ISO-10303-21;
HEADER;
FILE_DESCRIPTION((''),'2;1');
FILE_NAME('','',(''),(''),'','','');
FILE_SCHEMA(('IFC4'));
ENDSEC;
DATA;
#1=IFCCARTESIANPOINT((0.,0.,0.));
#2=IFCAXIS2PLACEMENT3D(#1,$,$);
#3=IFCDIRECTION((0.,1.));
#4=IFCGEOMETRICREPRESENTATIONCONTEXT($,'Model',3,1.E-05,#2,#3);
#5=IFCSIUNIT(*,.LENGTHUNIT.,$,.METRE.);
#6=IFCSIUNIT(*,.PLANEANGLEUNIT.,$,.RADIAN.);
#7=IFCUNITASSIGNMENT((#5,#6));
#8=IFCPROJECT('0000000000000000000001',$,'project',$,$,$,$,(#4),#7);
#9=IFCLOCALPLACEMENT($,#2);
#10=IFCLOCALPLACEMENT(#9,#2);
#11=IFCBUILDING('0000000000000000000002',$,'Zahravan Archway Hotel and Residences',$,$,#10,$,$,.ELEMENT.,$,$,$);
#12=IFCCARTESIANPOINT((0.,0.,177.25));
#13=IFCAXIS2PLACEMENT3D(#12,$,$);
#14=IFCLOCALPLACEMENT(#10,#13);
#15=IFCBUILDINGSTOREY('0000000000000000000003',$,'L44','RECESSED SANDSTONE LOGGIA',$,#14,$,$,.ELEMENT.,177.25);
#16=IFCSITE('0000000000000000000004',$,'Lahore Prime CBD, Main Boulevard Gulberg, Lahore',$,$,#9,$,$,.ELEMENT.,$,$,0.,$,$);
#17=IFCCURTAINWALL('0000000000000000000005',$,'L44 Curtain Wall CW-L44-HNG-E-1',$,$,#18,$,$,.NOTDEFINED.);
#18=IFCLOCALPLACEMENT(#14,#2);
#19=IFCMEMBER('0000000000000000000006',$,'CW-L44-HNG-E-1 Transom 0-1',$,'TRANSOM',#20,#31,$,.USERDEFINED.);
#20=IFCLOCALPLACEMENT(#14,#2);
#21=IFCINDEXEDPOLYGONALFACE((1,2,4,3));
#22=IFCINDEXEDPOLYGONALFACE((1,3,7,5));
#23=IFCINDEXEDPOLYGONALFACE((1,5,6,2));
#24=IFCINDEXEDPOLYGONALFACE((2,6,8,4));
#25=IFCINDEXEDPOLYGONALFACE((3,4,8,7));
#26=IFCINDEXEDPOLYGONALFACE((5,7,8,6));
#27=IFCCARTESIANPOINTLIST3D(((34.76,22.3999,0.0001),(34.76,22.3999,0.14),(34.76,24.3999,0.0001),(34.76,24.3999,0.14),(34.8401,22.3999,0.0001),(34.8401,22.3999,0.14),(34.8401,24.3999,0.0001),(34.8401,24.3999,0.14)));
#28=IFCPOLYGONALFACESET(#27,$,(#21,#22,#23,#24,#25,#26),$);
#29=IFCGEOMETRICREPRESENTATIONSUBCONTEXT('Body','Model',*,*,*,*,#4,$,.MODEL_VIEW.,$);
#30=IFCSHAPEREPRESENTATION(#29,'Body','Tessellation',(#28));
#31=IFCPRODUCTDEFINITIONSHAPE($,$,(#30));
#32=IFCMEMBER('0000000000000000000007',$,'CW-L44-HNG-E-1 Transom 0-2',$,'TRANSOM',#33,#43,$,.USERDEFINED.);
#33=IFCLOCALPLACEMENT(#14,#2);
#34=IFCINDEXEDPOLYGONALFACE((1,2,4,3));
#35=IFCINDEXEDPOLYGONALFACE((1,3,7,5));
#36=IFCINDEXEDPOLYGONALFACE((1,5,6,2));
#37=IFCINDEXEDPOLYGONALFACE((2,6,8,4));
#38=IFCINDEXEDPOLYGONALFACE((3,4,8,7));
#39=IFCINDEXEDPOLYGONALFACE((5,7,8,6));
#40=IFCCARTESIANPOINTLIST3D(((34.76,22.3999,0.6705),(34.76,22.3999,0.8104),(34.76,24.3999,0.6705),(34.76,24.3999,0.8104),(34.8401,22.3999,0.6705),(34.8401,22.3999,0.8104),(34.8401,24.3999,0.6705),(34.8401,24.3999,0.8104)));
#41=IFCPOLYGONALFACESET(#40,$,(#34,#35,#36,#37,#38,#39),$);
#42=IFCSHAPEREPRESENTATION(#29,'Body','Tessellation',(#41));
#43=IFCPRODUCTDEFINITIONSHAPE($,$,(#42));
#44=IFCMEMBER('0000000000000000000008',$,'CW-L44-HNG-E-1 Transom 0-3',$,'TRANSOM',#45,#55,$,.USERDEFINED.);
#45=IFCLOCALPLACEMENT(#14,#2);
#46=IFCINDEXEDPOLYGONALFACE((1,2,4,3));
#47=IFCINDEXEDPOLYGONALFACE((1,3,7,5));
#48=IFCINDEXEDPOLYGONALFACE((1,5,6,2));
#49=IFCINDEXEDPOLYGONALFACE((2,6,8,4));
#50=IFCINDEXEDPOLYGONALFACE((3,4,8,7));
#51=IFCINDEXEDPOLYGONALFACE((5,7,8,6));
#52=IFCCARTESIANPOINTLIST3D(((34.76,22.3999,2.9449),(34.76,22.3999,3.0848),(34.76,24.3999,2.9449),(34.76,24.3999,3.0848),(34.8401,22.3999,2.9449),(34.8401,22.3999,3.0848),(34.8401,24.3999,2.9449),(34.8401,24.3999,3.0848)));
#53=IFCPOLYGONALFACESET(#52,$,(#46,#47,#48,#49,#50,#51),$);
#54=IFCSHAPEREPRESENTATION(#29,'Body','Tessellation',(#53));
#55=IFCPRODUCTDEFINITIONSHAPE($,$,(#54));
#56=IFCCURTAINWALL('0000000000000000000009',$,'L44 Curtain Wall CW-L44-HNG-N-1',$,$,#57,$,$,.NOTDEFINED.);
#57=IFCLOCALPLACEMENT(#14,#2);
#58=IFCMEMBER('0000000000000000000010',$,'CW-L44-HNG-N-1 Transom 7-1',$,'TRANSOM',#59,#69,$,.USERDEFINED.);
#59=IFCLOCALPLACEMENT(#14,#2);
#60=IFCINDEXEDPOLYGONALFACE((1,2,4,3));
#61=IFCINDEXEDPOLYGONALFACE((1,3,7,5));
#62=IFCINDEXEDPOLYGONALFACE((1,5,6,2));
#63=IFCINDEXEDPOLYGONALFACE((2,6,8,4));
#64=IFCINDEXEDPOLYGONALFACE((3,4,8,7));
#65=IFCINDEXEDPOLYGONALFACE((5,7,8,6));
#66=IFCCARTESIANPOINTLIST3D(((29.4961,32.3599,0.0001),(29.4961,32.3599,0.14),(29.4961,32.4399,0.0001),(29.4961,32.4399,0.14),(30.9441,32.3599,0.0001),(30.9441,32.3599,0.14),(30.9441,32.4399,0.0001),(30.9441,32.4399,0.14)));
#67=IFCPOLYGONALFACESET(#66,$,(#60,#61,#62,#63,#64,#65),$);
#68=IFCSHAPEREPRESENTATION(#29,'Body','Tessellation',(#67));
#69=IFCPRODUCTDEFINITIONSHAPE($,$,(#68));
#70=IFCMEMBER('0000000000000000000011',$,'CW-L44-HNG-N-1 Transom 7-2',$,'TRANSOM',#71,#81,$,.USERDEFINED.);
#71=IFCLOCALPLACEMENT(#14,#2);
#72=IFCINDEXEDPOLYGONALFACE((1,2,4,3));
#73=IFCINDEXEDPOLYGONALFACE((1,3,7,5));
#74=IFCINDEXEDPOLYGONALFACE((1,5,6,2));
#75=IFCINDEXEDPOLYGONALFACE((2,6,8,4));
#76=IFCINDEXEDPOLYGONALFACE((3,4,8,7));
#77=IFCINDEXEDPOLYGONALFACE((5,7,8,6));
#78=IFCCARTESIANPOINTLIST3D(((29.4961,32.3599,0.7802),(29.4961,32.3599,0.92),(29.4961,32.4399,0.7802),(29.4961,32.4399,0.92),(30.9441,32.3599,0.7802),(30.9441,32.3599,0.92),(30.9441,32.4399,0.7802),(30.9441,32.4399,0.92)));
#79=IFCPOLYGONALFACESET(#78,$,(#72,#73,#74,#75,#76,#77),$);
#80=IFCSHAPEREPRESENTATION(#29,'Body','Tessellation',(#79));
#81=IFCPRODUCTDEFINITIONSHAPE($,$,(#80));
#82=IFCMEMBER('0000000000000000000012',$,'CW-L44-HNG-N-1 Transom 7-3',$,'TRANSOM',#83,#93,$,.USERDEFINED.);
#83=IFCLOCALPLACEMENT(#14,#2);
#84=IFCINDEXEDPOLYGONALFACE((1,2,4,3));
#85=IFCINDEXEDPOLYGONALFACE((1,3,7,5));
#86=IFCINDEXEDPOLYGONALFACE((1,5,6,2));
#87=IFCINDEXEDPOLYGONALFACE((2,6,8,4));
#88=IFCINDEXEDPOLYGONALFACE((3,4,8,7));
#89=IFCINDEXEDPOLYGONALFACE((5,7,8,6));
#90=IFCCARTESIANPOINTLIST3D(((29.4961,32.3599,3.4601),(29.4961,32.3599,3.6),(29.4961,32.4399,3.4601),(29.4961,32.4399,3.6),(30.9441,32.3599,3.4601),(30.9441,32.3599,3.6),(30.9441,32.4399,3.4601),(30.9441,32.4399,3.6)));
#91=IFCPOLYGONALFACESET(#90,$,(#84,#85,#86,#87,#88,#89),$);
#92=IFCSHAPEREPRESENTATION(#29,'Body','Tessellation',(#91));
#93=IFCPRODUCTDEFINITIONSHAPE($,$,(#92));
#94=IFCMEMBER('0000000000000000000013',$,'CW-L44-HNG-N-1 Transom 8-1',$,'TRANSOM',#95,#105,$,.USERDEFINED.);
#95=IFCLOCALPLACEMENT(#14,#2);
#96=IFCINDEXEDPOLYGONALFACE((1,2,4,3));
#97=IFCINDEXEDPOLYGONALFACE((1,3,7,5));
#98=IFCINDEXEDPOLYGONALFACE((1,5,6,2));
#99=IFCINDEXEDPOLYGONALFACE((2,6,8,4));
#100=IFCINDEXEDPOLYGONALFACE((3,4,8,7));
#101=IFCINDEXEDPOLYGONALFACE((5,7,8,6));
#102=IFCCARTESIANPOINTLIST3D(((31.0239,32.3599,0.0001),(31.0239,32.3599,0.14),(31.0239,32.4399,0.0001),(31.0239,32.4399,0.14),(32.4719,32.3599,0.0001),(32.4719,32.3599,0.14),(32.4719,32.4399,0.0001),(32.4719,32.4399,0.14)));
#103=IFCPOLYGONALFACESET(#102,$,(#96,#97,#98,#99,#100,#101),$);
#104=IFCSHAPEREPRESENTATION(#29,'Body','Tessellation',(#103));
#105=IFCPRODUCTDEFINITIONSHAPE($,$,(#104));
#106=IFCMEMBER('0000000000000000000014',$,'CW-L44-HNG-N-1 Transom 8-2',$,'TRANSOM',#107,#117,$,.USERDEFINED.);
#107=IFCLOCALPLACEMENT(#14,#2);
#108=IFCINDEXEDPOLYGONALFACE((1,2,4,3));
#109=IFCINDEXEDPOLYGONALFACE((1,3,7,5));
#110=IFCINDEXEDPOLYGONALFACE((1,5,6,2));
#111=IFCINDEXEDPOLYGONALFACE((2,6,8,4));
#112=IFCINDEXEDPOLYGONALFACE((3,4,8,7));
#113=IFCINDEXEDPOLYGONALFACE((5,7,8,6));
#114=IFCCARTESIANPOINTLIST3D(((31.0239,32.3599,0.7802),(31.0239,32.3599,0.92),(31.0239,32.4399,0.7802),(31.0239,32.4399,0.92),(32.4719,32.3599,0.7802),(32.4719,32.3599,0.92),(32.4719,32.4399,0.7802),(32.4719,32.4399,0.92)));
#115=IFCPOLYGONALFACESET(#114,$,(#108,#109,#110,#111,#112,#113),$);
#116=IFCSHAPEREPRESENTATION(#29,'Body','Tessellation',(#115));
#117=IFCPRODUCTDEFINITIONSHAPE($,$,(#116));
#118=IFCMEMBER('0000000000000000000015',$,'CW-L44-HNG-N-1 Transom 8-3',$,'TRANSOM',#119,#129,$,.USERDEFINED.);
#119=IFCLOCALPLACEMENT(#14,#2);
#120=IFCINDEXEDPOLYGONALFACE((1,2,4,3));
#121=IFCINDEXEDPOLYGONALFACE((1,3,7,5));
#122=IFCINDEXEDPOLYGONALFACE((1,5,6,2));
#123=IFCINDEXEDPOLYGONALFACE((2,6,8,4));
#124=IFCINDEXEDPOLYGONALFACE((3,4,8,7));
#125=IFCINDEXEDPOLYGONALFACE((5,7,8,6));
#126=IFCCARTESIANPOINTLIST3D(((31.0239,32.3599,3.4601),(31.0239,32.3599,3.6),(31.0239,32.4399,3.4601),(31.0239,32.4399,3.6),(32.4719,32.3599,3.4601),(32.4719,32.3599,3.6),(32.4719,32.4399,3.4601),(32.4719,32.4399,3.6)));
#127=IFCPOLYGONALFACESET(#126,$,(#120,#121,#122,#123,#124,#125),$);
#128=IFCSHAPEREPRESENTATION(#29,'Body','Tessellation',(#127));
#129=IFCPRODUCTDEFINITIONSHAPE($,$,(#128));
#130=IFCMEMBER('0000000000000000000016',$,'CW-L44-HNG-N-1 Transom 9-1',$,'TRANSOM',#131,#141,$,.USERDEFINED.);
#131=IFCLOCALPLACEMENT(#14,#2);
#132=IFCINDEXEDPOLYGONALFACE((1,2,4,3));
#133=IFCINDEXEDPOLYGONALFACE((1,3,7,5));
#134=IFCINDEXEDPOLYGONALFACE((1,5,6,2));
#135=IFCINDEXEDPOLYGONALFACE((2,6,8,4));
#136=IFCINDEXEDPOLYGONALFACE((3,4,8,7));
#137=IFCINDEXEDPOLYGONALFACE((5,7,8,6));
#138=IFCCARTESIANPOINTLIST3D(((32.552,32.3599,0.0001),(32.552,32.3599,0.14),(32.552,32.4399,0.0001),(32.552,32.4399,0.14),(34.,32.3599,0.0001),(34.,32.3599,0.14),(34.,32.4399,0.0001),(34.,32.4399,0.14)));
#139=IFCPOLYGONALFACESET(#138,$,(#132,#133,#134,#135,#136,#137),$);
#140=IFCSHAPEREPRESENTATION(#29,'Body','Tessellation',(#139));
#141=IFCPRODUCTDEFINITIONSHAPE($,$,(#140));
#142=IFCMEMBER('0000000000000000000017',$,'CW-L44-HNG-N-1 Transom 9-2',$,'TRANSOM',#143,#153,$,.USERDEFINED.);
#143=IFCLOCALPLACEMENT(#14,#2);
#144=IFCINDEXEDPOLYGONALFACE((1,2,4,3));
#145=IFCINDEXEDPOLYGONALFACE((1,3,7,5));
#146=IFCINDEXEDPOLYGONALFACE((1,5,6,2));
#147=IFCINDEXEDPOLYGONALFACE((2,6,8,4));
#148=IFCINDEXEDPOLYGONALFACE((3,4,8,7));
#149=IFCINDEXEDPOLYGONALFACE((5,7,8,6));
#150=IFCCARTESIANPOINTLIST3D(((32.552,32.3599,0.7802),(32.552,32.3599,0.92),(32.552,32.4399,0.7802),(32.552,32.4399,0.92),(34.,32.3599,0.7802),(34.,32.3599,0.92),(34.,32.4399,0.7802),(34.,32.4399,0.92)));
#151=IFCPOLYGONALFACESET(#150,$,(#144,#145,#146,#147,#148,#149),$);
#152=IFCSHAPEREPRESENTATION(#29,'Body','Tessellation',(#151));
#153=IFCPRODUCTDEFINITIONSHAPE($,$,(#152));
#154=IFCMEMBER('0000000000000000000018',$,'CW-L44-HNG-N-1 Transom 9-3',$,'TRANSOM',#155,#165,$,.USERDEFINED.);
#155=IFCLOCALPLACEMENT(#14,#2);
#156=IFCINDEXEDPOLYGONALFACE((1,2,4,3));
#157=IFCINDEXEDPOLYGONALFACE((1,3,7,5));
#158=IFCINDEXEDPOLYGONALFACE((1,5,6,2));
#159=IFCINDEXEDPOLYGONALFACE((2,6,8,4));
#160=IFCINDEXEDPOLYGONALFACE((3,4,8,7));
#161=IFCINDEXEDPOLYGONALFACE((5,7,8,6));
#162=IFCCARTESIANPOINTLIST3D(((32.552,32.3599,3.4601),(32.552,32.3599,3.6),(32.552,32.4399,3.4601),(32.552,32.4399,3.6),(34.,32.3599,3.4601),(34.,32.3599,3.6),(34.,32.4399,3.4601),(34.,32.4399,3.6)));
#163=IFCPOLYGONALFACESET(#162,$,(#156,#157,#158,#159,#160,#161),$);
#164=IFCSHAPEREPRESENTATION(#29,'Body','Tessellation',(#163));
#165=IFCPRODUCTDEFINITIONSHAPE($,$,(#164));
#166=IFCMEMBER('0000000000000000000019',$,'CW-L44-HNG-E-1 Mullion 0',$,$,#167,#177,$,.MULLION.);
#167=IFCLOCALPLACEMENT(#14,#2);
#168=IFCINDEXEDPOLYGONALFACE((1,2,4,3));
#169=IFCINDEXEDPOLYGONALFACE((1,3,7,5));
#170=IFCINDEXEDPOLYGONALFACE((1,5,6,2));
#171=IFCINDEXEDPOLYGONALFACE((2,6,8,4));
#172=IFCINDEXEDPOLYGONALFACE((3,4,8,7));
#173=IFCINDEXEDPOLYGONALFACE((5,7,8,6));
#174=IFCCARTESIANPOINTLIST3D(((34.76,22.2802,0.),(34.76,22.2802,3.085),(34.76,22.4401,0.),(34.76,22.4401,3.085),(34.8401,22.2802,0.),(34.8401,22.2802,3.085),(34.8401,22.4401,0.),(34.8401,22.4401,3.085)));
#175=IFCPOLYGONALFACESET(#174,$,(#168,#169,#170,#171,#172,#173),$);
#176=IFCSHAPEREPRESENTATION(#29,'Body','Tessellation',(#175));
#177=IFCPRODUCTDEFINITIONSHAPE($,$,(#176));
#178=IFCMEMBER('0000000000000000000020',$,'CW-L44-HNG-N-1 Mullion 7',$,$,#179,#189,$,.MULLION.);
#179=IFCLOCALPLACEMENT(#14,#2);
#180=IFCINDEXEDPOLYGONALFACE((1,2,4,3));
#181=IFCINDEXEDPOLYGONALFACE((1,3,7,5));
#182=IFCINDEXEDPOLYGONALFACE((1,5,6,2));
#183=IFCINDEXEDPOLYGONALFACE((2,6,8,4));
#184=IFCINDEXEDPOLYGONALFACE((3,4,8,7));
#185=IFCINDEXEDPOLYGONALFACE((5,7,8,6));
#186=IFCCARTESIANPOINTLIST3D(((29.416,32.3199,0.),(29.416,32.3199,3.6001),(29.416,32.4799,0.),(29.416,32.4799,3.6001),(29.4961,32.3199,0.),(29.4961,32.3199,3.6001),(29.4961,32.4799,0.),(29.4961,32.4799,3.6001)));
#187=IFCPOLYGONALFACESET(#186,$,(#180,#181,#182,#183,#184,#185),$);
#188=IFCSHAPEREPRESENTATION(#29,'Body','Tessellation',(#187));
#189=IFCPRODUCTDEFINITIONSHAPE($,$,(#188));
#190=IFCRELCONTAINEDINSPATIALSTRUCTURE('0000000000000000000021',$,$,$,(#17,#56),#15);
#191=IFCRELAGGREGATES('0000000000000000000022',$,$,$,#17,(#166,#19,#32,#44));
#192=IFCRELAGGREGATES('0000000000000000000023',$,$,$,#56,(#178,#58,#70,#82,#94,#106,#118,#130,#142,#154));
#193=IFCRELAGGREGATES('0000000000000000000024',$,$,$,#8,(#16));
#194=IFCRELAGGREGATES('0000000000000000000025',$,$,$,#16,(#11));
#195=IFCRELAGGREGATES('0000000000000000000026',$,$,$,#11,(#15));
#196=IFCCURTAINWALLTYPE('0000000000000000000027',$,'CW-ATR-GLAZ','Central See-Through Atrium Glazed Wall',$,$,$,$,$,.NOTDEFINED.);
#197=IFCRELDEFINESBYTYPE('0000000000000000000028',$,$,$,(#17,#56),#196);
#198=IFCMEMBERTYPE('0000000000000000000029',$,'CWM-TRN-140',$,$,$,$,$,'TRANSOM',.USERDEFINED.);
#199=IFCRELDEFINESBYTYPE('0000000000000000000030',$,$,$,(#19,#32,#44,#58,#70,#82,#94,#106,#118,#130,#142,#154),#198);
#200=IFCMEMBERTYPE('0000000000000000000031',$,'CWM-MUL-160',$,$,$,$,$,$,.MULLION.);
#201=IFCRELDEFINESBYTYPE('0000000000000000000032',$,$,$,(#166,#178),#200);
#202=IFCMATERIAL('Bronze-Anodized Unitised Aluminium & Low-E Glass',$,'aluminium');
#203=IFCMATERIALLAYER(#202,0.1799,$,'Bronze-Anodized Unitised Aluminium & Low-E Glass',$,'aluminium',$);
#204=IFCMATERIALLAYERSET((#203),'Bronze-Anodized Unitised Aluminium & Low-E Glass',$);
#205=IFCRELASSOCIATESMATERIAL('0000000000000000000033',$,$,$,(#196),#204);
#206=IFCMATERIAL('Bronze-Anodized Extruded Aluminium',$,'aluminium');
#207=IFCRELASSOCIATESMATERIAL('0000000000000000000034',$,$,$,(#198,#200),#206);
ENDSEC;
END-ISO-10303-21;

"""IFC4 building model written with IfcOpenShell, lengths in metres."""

from ifc_helpers import new_model, si_unit, direction, frame, origin, origin_2d, place, context, subcontext, project, spatial, rectangle, extrude, source, transform, mapped, material, layer, layer_set, material_profile, profile_set, type_object, element, aggregate, save


model = new_model("IFC4")

# Units and contexts
model_context = context("Model", 3, precision=1e-05, world=origin(), true_north=direction((0.0, 1.0)))
body_context = subcontext(model_context, "Body", "Model", "MODEL_VIEW")
ifc_project = project(units=[si_unit("LENGTHUNIT", "METRE"), si_unit("PLANEANGLEUNIT", "RADIAN")], contexts=[model_context])

# Site, building, storey
site_placement = place(None, origin())
site = spatial("IfcSite", under=ifc_project, at=site_placement, Name="Lahore Prime CBD, Main Boulevard Gulberg, Lahore", CompositionType="ELEMENT", RefElevation=0.0)
building_placement = place(site_placement, origin())
building = spatial("IfcBuilding", under=site, at=building_placement, Name="Zahravan Archway Hotel and Residences", CompositionType="ELEMENT")
storey_placement = place(building_placement, frame((0.0, 0.0, 177.25)))
storey = spatial("IfcBuildingStorey", under=building, at=storey_placement, Name="L44", Description="RECESSED SANDSTONE LOGGIA", CompositionType="ELEMENT", Elevation=177.25)

# Curtain walls, members
ifc_material_1 = material(Name="Bronze-Anodized Unitised Aluminium & Low-E Glass", Category="aluminium")
ifc_layer_1 = layer(ifc_material_1, 0.1799, Name="Bronze-Anodized Unitised Aluminium & Low-E Glass", Category="aluminium")
ifc_layer_set_1 = layer_set([ifc_layer_1], Name="Bronze-Anodized Unitised Aluminium & Low-E Glass")
curtain_wall_type = type_object("IfcCurtainWallType", Name="CW-ATR-GLAZ", Description="Central See-Through Atrium Glazed Wall", PredefinedType="NOTDEFINED", material=ifc_layer_set_1)
curtain_wall_1_placement = place(storey_placement, origin())
curtain_wall_1 = element("IfcCurtainWall", 1, at=curtain_wall_1_placement, inside=storey, type_object=curtain_wall_type, Name="L44 Curtain Wall CW-L44-HNG-E-1", PredefinedType="NOTDEFINED")
ifc_material_2 = material(Name="Bronze-Anodized Extruded Aluminium", Category="aluminium")
ifc_material_profile_1 = material_profile(ifc_material_2, rectangle(XDim=0.0801, YDim=0.1399, at=origin_2d()), Name="TRN 80x140", Category="aluminium")
ifc_profile_set_1 = profile_set([ifc_material_profile_1], Name="Bronze-Anodized Extruded Aluminium")
member_type_1 = type_object("IfcMemberType", Name="CWM-TRN-140", ElementType="TRANSOM", PredefinedType="USERDEFINED", material=ifc_profile_set_1)
shared_shape_1 = source(origin(), body_context, "Body", "SweptSolid", [
    extrude(rectangle(XDim=0.0801, YDim=0.1399, at=origin_2d()), origin(), (0.0, 0.0, 1.0), 2.0),
])
member_1_placement = place(storey_placement, frame((34.8, 22.3999, 0.0701), z_axis=(0.0, 1.0, 0.0), x_axis=(-1.0, 0.0, 0.0)))
member_1 = element("IfcMember", 2, at=member_1_placement, type_object=member_type_1, Name="CW-L44-HNG-E-1 Transom 0-1", ObjectType="TRANSOM", PredefinedType="USERDEFINED", context=body_context, shape_type="MappedRepresentation", body=[
    mapped(shared_shape_1, transform((0.0, 0.0, 0.0), scale=1.0)),
])
member_2_placement = place(storey_placement, frame((34.8, 22.3999, 0.7405), z_axis=(0.0, 1.0, 0.0), x_axis=(-1.0, 0.0, 0.0)))
member_2 = element("IfcMember", 3, at=member_2_placement, type_object=member_type_1, Name="CW-L44-HNG-E-1 Transom 0-2", ObjectType="TRANSOM", PredefinedType="USERDEFINED", context=body_context, shape_type="MappedRepresentation", body=[
    mapped(shared_shape_1, transform((0.0, 0.0, 0.0), scale=1.0)),
])
member_3_placement = place(storey_placement, frame((34.8, 22.3999, 3.0149), z_axis=(0.0, 1.0, 0.0), x_axis=(-1.0, 0.0, 0.0)))
member_3 = element("IfcMember", 4, at=member_3_placement, type_object=member_type_1, Name="CW-L44-HNG-E-1 Transom 0-3", ObjectType="TRANSOM", PredefinedType="USERDEFINED", context=body_context, shape_type="MappedRepresentation", body=[
    mapped(shared_shape_1, transform((0.0, 0.0, 0.0), scale=1.0)),
])
curtain_wall_2_placement = place(storey_placement, origin())
curtain_wall_2 = element("IfcCurtainWall", 5, at=curtain_wall_2_placement, inside=storey, type_object=curtain_wall_type, Name="L44 Curtain Wall CW-L44-HNG-N-1", PredefinedType="NOTDEFINED")
shared_shape_2 = source(origin(), body_context, "Body", "SweptSolid", [
    extrude(rectangle(XDim=0.0801, YDim=0.1399, at=origin_2d()), origin(), (0.0, 0.0, 1.0), 1.448),
])
member_4_placement = place(storey_placement, frame((29.4961, 32.3999, 0.0701), z_axis=(1.0, 0.0, 0.0), x_axis=(0.0, 1.0, 0.0)))
member_4 = element("IfcMember", 6, at=member_4_placement, type_object=member_type_1, Name="CW-L44-HNG-N-1 Transom 7-1", ObjectType="TRANSOM", PredefinedType="USERDEFINED", context=body_context, shape_type="MappedRepresentation", body=[
    mapped(shared_shape_2, transform((0.0, 0.0, 0.0), scale=1.0)),
])
member_5_placement = place(storey_placement, frame((29.4961, 32.3999, 0.8501), z_axis=(1.0, 0.0, 0.0), x_axis=(0.0, 1.0, 0.0)))
member_5 = element("IfcMember", 7, at=member_5_placement, type_object=member_type_1, Name="CW-L44-HNG-N-1 Transom 7-2", ObjectType="TRANSOM", PredefinedType="USERDEFINED", context=body_context, shape_type="MappedRepresentation", body=[
    mapped(shared_shape_2, transform((0.0, 0.0, 0.0), scale=1.0)),
])
member_6_placement = place(storey_placement, frame((29.4961, 32.3999, 3.53), z_axis=(1.0, 0.0, 0.0), x_axis=(0.0, 1.0, 0.0)))
member_6 = element("IfcMember", 8, at=member_6_placement, type_object=member_type_1, Name="CW-L44-HNG-N-1 Transom 7-3", ObjectType="TRANSOM", PredefinedType="USERDEFINED", context=body_context, shape_type="MappedRepresentation", body=[
    mapped(shared_shape_2, transform((0.0, 0.0, 0.0), scale=1.0)),
])
member_7_placement = place(storey_placement, frame((31.0239, 32.3999, 0.0701), z_axis=(1.0, 0.0, 0.0), x_axis=(0.0, 1.0, 0.0)))
member_7 = element("IfcMember", 9, at=member_7_placement, type_object=member_type_1, Name="CW-L44-HNG-N-1 Transom 8-1", ObjectType="TRANSOM", PredefinedType="USERDEFINED", context=body_context, shape_type="MappedRepresentation", body=[
    mapped(shared_shape_2, transform((0.0, 0.0, 0.0), scale=1.0)),
])
member_8_placement = place(storey_placement, frame((31.0239, 32.3999, 0.8501), z_axis=(1.0, 0.0, 0.0), x_axis=(0.0, 1.0, 0.0)))
member_8 = element("IfcMember", 10, at=member_8_placement, type_object=member_type_1, Name="CW-L44-HNG-N-1 Transom 8-2", ObjectType="TRANSOM", PredefinedType="USERDEFINED", context=body_context, shape_type="MappedRepresentation", body=[
    mapped(shared_shape_2, transform((0.0, 0.0, 0.0), scale=1.0)),
])
member_9_placement = place(storey_placement, frame((31.0239, 32.3999, 3.53), z_axis=(1.0, 0.0, 0.0), x_axis=(0.0, 1.0, 0.0)))
member_9 = element("IfcMember", 11, at=member_9_placement, type_object=member_type_1, Name="CW-L44-HNG-N-1 Transom 8-3", ObjectType="TRANSOM", PredefinedType="USERDEFINED", context=body_context, shape_type="MappedRepresentation", body=[
    mapped(shared_shape_2, transform((0.0, 0.0, 0.0), scale=1.0)),
])
member_10_placement = place(storey_placement, frame((32.552, 32.3999, 0.0701), z_axis=(1.0, 0.0, 0.0), x_axis=(0.0, 1.0, 0.0)))
member_10 = element("IfcMember", 12, at=member_10_placement, type_object=member_type_1, Name="CW-L44-HNG-N-1 Transom 9-1", ObjectType="TRANSOM", PredefinedType="USERDEFINED", context=body_context, shape_type="MappedRepresentation", body=[
    mapped(shared_shape_2, transform((0.0, 0.0, 0.0), scale=1.0)),
])
member_11_placement = place(storey_placement, frame((32.552, 32.3999, 0.8501), z_axis=(1.0, 0.0, 0.0), x_axis=(0.0, 1.0, 0.0)))
member_11 = element("IfcMember", 13, at=member_11_placement, type_object=member_type_1, Name="CW-L44-HNG-N-1 Transom 9-2", ObjectType="TRANSOM", PredefinedType="USERDEFINED", context=body_context, shape_type="MappedRepresentation", body=[
    mapped(shared_shape_2, transform((0.0, 0.0, 0.0), scale=1.0)),
])
member_12_placement = place(storey_placement, frame((32.552, 32.3999, 3.53), z_axis=(1.0, 0.0, 0.0), x_axis=(0.0, 1.0, 0.0)))
member_12 = element("IfcMember", 14, at=member_12_placement, type_object=member_type_1, Name="CW-L44-HNG-N-1 Transom 9-3", ObjectType="TRANSOM", PredefinedType="USERDEFINED", context=body_context, shape_type="MappedRepresentation", body=[
    mapped(shared_shape_2, transform((0.0, 0.0, 0.0), scale=1.0)),
])

# Members
ifc_material_profile_2 = material_profile(ifc_material_2, rectangle(XDim=0.0801, YDim=0.1599, at=origin_2d()), Name="MUL 80x160", Category="aluminium")
ifc_profile_set_2 = profile_set([ifc_material_profile_2], Name="Bronze-Anodized Extruded Aluminium")
member_type_2 = type_object("IfcMemberType", Name="CWM-MUL-160", PredefinedType="MULLION", material=ifc_profile_set_2)
shared_shape_3 = source(origin(), body_context, "Body", "SweptSolid", [
    extrude(rectangle(XDim=0.0801, YDim=0.1599, at=origin_2d()), origin(), (0.0, 0.0, 1.0), 3.085),
])
member_13_placement = place(storey_placement, frame((34.8, 22.3601, 0.0), z_axis=(0.0, 0.0, 1.0), x_axis=(1.0, 0.0, 0.0)))
member_13 = element("IfcMember", 15, at=member_13_placement, type_object=member_type_2, Name="CW-L44-HNG-E-1 Mullion 0", PredefinedType="MULLION", context=body_context, shape_type="MappedRepresentation", body=[
    mapped(shared_shape_3, transform((0.0, 0.0, 0.0), scale=1.0)),
])
shared_shape_4 = source(origin(), body_context, "Body", "SweptSolid", [
    extrude(rectangle(XDim=0.0801, YDim=0.1599, at=origin_2d()), origin(), (0.0, 0.0, 1.0), 3.6001),
])
member_14_placement = place(storey_placement, frame((29.4561, 32.3999, 0.0), z_axis=(0.0, 0.0, 1.0), x_axis=(1.0, 0.0, 0.0)))
member_14 = element("IfcMember", 16, at=member_14_placement, type_object=member_type_2, Name="CW-L44-HNG-N-1 Mullion 7", PredefinedType="MULLION", context=body_context, shape_type="MappedRepresentation", body=[
    mapped(shared_shape_4, transform((0.0, 0.0, 0.0), scale=1.0)),
])

aggregate(curtain_wall_1, [member_13, member_1, member_2, member_3])
aggregate(curtain_wall_2, [member_14, member_4, member_5, member_6, member_7, member_8, member_9, member_10, member_11, member_12])

save(model, "model.ifc")
